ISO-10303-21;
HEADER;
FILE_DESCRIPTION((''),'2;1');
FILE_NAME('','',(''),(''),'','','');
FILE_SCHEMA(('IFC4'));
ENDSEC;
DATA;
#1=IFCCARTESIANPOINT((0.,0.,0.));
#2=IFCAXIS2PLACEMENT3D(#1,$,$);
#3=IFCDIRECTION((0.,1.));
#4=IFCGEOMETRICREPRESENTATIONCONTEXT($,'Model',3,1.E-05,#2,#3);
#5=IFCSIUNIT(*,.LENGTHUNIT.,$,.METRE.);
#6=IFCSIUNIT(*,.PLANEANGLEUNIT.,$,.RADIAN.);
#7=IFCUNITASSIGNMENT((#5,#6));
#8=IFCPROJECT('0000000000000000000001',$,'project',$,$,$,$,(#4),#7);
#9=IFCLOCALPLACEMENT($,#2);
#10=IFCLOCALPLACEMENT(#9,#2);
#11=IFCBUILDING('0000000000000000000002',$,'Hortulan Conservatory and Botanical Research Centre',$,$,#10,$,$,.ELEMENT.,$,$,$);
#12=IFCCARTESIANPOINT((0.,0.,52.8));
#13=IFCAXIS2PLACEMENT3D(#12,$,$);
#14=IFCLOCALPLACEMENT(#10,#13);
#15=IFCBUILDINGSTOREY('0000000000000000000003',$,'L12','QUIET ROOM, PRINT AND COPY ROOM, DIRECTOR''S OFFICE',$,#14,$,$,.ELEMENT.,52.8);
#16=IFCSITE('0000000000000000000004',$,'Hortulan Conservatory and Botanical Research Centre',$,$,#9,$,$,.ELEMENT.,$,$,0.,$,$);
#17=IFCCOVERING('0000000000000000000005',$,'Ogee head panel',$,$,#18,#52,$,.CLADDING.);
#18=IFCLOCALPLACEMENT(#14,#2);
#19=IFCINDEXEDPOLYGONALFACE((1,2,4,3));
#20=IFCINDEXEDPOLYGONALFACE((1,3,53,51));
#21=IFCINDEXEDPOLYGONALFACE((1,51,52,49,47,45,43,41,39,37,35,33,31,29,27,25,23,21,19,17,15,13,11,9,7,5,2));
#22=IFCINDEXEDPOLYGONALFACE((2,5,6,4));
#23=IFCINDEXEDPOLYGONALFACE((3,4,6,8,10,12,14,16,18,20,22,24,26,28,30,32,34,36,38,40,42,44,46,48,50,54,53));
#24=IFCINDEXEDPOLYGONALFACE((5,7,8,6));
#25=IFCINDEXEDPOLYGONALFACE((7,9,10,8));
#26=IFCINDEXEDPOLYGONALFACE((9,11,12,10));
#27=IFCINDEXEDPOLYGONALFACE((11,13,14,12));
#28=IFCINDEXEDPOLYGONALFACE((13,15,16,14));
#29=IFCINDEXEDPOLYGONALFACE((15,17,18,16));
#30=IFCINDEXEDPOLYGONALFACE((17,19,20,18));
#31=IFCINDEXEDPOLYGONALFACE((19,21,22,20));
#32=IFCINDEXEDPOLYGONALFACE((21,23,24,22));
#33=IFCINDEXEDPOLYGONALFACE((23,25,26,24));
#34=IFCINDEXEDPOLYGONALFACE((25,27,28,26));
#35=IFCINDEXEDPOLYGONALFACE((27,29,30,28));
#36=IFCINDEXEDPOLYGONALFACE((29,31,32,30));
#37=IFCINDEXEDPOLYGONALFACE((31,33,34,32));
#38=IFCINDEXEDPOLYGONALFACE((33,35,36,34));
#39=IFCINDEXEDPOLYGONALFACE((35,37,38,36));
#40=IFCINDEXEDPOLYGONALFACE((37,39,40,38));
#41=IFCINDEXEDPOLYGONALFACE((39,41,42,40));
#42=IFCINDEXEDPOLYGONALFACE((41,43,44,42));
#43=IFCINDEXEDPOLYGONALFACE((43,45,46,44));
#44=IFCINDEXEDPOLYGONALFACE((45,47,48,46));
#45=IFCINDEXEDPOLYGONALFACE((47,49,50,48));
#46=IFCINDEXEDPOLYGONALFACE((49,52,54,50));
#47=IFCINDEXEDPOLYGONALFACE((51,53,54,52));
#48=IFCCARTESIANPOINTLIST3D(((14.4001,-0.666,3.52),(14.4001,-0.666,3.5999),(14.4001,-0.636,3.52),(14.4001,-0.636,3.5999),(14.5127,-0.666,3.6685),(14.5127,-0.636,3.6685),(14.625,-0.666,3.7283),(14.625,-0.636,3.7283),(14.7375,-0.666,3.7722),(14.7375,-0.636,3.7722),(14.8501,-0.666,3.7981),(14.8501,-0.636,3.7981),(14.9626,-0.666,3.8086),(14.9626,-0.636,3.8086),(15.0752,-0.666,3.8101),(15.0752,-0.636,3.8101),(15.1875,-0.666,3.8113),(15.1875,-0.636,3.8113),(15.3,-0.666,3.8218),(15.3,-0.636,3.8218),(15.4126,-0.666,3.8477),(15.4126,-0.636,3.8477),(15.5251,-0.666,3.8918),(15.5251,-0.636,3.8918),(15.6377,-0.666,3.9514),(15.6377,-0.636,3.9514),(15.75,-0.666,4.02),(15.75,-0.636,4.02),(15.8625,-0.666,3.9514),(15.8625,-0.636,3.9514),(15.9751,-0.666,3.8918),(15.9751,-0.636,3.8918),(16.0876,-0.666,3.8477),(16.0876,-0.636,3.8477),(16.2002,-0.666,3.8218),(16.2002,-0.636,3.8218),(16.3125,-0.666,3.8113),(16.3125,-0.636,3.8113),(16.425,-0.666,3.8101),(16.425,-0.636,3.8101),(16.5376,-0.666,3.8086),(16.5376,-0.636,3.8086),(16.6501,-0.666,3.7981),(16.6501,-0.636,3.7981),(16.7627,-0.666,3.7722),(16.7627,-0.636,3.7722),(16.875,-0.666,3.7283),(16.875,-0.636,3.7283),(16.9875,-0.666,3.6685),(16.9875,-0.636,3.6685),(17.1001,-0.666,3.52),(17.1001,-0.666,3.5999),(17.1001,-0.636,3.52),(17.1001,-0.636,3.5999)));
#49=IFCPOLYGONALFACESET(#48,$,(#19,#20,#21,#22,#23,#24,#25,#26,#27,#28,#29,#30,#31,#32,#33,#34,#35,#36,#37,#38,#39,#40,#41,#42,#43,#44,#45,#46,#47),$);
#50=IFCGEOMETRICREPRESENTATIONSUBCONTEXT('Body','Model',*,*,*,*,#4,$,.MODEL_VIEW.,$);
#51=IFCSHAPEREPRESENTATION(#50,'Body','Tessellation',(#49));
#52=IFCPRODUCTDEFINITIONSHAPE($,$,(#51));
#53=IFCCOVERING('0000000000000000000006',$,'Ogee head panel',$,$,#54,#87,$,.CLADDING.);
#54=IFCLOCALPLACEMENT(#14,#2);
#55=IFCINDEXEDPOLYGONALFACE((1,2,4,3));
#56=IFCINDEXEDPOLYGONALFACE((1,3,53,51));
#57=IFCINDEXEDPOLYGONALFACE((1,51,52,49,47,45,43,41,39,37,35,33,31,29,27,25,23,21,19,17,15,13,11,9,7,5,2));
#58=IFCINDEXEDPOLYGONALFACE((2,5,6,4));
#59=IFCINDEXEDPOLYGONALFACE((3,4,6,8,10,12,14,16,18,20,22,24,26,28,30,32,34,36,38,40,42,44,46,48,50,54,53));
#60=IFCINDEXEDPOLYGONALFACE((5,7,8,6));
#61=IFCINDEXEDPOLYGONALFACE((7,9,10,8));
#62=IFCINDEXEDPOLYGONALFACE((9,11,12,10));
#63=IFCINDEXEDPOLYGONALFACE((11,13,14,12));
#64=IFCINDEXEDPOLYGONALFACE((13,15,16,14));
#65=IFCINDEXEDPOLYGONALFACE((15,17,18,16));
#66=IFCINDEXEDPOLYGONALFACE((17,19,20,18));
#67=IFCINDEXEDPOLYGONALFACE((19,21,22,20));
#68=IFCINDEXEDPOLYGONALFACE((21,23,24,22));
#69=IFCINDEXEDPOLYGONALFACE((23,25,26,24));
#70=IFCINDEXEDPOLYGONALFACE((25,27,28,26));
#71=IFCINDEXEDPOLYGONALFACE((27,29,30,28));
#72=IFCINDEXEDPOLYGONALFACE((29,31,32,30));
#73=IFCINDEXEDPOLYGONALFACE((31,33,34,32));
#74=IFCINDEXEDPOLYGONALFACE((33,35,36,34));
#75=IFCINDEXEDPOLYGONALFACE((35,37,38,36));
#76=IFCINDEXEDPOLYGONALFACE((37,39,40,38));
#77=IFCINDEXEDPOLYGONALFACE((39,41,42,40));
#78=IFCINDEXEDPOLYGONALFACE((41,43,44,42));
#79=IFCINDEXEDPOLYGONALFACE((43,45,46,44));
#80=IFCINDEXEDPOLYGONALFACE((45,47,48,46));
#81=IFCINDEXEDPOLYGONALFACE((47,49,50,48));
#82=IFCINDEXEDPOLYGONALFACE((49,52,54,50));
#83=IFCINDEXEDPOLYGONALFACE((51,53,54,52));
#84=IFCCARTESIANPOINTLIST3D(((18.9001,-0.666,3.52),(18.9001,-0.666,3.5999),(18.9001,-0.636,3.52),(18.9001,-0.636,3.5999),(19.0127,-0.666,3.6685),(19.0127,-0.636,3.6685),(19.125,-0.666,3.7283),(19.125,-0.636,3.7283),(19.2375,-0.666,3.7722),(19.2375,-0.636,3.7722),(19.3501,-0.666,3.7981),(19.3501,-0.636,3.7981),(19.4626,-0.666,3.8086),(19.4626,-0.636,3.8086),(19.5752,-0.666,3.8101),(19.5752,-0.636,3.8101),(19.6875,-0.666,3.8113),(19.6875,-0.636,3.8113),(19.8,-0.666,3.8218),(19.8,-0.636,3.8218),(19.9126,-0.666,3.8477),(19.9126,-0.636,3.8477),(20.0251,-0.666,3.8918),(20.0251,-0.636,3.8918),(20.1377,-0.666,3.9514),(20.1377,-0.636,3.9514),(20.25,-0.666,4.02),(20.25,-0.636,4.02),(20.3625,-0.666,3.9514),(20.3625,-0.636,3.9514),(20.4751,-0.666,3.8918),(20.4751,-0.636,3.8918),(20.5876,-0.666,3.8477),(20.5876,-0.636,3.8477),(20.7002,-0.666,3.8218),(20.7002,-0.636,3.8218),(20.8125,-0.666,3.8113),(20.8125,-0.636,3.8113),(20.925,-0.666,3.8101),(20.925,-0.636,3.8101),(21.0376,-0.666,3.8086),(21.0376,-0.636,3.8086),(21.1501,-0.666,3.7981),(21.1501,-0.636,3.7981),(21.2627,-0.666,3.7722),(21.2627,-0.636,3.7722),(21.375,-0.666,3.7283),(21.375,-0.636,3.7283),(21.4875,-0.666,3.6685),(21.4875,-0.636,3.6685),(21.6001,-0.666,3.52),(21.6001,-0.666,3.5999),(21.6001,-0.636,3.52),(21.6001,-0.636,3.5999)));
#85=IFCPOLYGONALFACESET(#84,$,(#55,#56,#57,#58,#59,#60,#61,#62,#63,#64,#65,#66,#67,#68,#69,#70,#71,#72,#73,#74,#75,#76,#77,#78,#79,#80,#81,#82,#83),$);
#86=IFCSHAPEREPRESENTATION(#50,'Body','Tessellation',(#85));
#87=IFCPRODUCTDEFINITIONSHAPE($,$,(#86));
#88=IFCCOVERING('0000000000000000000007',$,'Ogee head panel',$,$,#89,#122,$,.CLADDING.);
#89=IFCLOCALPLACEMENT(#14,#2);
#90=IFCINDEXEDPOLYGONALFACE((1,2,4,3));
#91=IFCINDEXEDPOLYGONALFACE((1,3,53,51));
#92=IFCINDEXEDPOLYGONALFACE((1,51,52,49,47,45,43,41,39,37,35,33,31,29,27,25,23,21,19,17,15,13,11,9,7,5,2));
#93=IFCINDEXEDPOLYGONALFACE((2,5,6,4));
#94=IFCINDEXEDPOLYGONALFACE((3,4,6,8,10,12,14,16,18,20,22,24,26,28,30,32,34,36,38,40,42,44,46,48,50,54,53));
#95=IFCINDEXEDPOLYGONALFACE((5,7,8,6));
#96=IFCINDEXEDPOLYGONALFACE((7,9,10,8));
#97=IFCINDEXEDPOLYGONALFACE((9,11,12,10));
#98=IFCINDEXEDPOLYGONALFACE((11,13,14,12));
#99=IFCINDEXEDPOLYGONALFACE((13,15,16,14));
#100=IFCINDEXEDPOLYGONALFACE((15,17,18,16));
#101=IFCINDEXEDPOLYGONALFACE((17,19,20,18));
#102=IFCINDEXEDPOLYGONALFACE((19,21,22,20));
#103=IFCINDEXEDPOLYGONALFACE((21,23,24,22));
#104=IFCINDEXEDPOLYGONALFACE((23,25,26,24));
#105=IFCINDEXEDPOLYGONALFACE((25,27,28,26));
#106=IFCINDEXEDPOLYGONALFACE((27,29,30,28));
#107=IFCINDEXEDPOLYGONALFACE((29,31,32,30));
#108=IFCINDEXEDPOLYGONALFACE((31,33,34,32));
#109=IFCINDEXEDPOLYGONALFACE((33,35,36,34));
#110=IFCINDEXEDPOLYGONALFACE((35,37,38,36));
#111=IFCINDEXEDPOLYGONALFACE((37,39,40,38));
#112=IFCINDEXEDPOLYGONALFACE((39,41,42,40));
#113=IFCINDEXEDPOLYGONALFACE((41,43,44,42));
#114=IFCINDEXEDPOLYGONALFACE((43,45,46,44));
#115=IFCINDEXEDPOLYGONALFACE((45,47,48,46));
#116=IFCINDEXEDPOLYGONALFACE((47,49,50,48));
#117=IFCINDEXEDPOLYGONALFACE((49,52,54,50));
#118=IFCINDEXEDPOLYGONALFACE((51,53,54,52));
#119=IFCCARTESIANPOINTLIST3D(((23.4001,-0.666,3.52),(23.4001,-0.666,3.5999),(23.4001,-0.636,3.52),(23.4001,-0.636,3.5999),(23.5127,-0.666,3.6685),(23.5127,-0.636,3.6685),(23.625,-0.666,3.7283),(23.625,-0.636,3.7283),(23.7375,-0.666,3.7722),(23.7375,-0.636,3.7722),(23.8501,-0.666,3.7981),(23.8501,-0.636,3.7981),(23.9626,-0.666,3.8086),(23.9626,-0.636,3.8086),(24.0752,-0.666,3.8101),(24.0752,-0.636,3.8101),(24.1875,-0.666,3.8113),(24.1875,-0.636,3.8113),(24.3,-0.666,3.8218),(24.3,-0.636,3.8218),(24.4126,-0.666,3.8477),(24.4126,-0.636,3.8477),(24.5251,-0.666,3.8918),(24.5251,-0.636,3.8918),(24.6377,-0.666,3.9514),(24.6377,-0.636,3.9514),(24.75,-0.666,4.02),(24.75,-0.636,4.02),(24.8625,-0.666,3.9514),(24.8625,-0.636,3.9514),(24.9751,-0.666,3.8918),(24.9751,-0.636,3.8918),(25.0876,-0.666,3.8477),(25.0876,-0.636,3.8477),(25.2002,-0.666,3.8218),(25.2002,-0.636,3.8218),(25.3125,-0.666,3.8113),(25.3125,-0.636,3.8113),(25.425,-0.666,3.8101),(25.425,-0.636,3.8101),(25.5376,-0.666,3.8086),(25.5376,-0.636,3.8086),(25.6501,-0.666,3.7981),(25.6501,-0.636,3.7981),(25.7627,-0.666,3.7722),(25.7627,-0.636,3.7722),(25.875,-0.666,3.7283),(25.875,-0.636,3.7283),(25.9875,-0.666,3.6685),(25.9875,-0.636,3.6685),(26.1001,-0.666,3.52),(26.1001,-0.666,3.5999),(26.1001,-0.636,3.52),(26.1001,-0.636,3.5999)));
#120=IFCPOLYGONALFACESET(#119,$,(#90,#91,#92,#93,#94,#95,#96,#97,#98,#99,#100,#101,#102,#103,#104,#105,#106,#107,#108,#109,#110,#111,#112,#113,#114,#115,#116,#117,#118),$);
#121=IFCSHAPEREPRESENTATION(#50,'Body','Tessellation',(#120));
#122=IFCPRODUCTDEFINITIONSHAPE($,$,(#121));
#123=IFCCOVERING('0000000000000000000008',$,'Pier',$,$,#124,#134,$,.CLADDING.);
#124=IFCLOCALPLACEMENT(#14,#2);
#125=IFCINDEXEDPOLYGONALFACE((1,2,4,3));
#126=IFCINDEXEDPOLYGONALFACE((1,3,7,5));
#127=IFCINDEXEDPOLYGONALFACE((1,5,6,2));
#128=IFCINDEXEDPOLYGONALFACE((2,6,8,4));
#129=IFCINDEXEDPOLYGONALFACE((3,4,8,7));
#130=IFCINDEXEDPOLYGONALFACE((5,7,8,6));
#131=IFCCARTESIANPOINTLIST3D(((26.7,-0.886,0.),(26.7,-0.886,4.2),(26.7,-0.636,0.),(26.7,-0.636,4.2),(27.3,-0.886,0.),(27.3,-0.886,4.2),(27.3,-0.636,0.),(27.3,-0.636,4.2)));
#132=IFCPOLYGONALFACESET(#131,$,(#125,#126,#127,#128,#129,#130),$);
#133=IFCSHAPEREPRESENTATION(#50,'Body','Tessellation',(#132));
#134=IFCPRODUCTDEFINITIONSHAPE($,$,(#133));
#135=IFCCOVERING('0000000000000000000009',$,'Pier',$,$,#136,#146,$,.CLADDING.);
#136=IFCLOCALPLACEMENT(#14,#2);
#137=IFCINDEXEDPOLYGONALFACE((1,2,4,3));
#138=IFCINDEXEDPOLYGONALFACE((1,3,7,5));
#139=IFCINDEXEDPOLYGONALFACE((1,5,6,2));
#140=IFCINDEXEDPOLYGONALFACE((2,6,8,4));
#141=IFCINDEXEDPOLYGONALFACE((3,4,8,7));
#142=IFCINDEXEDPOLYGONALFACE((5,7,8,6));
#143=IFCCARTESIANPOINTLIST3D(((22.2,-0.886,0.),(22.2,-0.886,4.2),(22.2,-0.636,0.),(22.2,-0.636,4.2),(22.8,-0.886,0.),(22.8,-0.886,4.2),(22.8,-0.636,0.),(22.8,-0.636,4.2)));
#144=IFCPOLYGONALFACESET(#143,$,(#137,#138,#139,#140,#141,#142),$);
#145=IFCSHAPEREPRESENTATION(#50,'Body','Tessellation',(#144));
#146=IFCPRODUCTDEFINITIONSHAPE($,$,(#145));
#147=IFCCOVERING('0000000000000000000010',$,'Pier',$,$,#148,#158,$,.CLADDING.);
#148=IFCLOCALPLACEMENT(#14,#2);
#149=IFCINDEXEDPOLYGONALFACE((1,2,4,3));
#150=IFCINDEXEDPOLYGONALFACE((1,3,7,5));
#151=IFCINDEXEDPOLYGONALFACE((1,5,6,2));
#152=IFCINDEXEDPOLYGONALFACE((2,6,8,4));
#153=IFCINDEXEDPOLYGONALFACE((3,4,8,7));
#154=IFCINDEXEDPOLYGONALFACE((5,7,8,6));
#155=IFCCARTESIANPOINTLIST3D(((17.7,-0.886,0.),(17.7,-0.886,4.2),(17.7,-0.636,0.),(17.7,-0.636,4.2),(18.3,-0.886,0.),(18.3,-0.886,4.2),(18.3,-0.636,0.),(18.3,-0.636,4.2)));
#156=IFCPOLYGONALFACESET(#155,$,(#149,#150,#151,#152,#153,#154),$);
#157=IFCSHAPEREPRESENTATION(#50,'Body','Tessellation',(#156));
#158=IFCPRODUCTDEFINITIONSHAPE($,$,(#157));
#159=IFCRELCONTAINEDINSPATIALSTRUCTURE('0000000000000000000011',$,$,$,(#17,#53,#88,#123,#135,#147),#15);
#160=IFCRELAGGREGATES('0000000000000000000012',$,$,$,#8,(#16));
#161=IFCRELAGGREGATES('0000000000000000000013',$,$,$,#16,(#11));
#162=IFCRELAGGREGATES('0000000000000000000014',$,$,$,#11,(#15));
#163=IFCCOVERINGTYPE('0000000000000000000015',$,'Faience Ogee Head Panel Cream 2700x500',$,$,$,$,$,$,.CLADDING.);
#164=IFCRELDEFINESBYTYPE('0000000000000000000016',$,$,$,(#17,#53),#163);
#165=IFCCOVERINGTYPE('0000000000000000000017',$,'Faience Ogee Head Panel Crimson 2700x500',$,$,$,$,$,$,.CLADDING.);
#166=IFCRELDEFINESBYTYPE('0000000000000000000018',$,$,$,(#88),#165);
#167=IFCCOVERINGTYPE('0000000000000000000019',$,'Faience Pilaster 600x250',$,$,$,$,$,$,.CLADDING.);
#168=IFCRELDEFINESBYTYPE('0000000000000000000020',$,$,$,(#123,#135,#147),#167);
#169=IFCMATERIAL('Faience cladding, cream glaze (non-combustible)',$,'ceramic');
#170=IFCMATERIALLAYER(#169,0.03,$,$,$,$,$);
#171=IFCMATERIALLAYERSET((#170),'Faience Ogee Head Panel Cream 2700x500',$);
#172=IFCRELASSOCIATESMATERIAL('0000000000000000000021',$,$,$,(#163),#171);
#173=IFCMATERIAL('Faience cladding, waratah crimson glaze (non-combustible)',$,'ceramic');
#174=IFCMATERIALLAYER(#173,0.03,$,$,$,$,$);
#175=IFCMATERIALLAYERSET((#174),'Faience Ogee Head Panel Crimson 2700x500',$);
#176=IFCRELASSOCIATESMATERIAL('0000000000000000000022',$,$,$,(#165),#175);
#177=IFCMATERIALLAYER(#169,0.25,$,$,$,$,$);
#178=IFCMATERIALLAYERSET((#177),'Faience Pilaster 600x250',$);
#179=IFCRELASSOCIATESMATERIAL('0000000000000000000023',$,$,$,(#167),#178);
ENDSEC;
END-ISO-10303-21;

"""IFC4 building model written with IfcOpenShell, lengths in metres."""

from ifc_helpers import new_model, si_unit, direction, frame, origin, origin_2d, place, context, subcontext, project, spatial, polyline, rectangle, outline, extrude, material, layer, layer_set, type_object, element, save


model = new_model("IFC4")

# Units and contexts
model_context = context("Model", 3, precision=1e-05, world=origin(), true_north=direction((0.0, 1.0)))
body_context = subcontext(model_context, "Body", "Model", "MODEL_VIEW")
ifc_project = project(units=[si_unit("LENGTHUNIT", "METRE"), si_unit("PLANEANGLEUNIT", "RADIAN")], contexts=[model_context])

# Site, building, storey
site_placement = place(None, origin())
site = spatial("IfcSite", under=ifc_project, at=site_placement, Name="Hortulan Conservatory and Botanical Research Centre", CompositionType="ELEMENT", RefElevation=0.0)
building_placement = place(site_placement, origin())
building = spatial("IfcBuilding", under=site, at=building_placement, Name="Hortulan Conservatory and Botanical Research Centre", CompositionType="ELEMENT")
storey_placement = place(building_placement, frame((0.0, 0.0, 52.8)))
storey = spatial("IfcBuildingStorey", under=building, at=storey_placement, Name="L12", Description="QUIET ROOM, PRINT AND COPY ROOM, DIRECTOR'S OFFICE", CompositionType="ELEMENT", Elevation=52.8)

# Coverings
ifc_material_1 = material(Name="Faience cladding, cream glaze (non-combustible)", Category="ceramic")
ifc_layer_1 = layer(ifc_material_1, 0.03)
ifc_layer_set_1 = layer_set([ifc_layer_1], Name="Faience Ogee Head Panel Cream 2700x500")
covering_type_1 = type_object("IfcCoveringType", Name="Faience Ogee Head Panel Cream 2700x500", PredefinedType="CLADDING", material=ifc_layer_set_1)
for number, where, z_axis, x_axis, name in (
    (1, (17.1001, -0.6509, 3.52), (0.0, 0.0, 1.0), (-1.0, 0.0, 0.0), "Ogee head panel"),
    (2, (21.6001, -0.6509, 3.52), (0.0, 0.0, 1.0), (-1.0, 0.0, 0.0), "Ogee head panel"),
):
    element("IfcCovering", number, at=place(storey_placement, frame(where, z_axis=z_axis, x_axis=x_axis)), inside=storey, type_object=covering_type_1, Name=name, PredefinedType="CLADDING", context=body_context, shape_type="SweptSolid", body=[
        extrude(outline(polyline([(0.0, 0.0), (2.7, 0.0), (2.7, 0.0798), (2.5874, 0.1484), (2.4751, 0.2083), (2.3625, 0.2522), (2.25, 0.2781), (2.1375, 0.2886), (2.0249, 0.29), (1.9126, 0.2913), (1.8, 0.3018), (1.6875, 0.3276), (1.575, 0.3718), (1.4624, 0.4314), (1.3501, 0.5), (1.2375, 0.4314), (1.125, 0.3718), (1.0125, 0.3276), (0.8999, 0.3018), (0.7876, 0.2913), (0.675, 0.29), (0.5625, 0.2886), (0.45, 0.2781), (0.3374, 0.2522), (0.2251, 0.2083), (0.1125, 0.1484), (0.0, 0.0798), (0.0, 0.0)])), frame((0.0, 0.0151, 0.0), z_axis=(0.0, -1.0, 0.0), x_axis=(1.0, 0.0, 0.0)), (0.0, 0.0, 1.0), 0.03),
    ])
ifc_material_2 = material(Name="Faience cladding, waratah crimson glaze (non-combustible)", Category="ceramic")
ifc_layer_2 = layer(ifc_material_2, 0.03)
ifc_layer_set_2 = layer_set([ifc_layer_2], Name="Faience Ogee Head Panel Crimson 2700x500")
covering_type_2 = type_object("IfcCoveringType", Name="Faience Ogee Head Panel Crimson 2700x500", PredefinedType="CLADDING", material=ifc_layer_set_2)
covering_placement = place(storey_placement, frame((26.1001, -0.6509, 3.52), z_axis=(0.0, 0.0, 1.0), x_axis=(-1.0, 0.0, 0.0)))
element("IfcCovering", 3, at=covering_placement, inside=storey, type_object=covering_type_2, Name="Ogee head panel", PredefinedType="CLADDING", context=body_context, shape_type="SweptSolid", body=[
    extrude(outline(polyline([(0.0, 0.0), (2.7, 0.0), (2.7, 0.0798), (2.5874, 0.1484), (2.4751, 0.2083), (2.3625, 0.2522), (2.25, 0.2781), (2.1375, 0.2886), (2.0249, 0.29), (1.9126, 0.2913), (1.8, 0.3018), (1.6875, 0.3276), (1.575, 0.3718), (1.4624, 0.4314), (1.3501, 0.5), (1.2375, 0.4314), (1.125, 0.3718), (1.0125, 0.3276), (0.8999, 0.3018), (0.7876, 0.2913), (0.675, 0.29), (0.5625, 0.2886), (0.45, 0.2781), (0.3374, 0.2522), (0.2251, 0.2083), (0.1125, 0.1484), (0.0, 0.0798), (0.0, 0.0)])), frame((0.0, 0.0151, 0.0), z_axis=(0.0, -1.0, 0.0), x_axis=(1.0, 0.0, 0.0)), (0.0, 0.0, 1.0), 0.03),
])
ifc_layer_3 = layer(ifc_material_1, 0.25)
ifc_layer_set_3 = layer_set([ifc_layer_3], Name="Faience Pilaster 600x250")
covering_type_3 = type_object("IfcCoveringType", Name="Faience Pilaster 600x250", PredefinedType="CLADDING", material=ifc_layer_set_3)
for number, where, z_axis, x_axis, name in (
    (4, (27.0, -0.761, 0.0), (0.0, 0.0, 1.0), (-1.0, 0.0, 0.0), "Pier"),
    (5, (22.5, -0.761, 0.0), (0.0, 0.0, 1.0), (-1.0, 0.0, 0.0), "Pier"),
    (6, (18.0, -0.761, 0.0), (0.0, 0.0, 1.0), (-1.0, 0.0, 0.0), "Pier"),
):
    element("IfcCovering", number, at=place(storey_placement, frame(where, z_axis=z_axis, x_axis=x_axis)), inside=storey, type_object=covering_type_3, Name=name, PredefinedType="CLADDING", context=body_context, shape_type="SweptSolid", body=[
        extrude(rectangle(XDim=0.6001, YDim=0.25, at=origin_2d()), origin(), (0.0, 0.0, 1.0), 4.2),
    ])

save(model, "model.ifc")
